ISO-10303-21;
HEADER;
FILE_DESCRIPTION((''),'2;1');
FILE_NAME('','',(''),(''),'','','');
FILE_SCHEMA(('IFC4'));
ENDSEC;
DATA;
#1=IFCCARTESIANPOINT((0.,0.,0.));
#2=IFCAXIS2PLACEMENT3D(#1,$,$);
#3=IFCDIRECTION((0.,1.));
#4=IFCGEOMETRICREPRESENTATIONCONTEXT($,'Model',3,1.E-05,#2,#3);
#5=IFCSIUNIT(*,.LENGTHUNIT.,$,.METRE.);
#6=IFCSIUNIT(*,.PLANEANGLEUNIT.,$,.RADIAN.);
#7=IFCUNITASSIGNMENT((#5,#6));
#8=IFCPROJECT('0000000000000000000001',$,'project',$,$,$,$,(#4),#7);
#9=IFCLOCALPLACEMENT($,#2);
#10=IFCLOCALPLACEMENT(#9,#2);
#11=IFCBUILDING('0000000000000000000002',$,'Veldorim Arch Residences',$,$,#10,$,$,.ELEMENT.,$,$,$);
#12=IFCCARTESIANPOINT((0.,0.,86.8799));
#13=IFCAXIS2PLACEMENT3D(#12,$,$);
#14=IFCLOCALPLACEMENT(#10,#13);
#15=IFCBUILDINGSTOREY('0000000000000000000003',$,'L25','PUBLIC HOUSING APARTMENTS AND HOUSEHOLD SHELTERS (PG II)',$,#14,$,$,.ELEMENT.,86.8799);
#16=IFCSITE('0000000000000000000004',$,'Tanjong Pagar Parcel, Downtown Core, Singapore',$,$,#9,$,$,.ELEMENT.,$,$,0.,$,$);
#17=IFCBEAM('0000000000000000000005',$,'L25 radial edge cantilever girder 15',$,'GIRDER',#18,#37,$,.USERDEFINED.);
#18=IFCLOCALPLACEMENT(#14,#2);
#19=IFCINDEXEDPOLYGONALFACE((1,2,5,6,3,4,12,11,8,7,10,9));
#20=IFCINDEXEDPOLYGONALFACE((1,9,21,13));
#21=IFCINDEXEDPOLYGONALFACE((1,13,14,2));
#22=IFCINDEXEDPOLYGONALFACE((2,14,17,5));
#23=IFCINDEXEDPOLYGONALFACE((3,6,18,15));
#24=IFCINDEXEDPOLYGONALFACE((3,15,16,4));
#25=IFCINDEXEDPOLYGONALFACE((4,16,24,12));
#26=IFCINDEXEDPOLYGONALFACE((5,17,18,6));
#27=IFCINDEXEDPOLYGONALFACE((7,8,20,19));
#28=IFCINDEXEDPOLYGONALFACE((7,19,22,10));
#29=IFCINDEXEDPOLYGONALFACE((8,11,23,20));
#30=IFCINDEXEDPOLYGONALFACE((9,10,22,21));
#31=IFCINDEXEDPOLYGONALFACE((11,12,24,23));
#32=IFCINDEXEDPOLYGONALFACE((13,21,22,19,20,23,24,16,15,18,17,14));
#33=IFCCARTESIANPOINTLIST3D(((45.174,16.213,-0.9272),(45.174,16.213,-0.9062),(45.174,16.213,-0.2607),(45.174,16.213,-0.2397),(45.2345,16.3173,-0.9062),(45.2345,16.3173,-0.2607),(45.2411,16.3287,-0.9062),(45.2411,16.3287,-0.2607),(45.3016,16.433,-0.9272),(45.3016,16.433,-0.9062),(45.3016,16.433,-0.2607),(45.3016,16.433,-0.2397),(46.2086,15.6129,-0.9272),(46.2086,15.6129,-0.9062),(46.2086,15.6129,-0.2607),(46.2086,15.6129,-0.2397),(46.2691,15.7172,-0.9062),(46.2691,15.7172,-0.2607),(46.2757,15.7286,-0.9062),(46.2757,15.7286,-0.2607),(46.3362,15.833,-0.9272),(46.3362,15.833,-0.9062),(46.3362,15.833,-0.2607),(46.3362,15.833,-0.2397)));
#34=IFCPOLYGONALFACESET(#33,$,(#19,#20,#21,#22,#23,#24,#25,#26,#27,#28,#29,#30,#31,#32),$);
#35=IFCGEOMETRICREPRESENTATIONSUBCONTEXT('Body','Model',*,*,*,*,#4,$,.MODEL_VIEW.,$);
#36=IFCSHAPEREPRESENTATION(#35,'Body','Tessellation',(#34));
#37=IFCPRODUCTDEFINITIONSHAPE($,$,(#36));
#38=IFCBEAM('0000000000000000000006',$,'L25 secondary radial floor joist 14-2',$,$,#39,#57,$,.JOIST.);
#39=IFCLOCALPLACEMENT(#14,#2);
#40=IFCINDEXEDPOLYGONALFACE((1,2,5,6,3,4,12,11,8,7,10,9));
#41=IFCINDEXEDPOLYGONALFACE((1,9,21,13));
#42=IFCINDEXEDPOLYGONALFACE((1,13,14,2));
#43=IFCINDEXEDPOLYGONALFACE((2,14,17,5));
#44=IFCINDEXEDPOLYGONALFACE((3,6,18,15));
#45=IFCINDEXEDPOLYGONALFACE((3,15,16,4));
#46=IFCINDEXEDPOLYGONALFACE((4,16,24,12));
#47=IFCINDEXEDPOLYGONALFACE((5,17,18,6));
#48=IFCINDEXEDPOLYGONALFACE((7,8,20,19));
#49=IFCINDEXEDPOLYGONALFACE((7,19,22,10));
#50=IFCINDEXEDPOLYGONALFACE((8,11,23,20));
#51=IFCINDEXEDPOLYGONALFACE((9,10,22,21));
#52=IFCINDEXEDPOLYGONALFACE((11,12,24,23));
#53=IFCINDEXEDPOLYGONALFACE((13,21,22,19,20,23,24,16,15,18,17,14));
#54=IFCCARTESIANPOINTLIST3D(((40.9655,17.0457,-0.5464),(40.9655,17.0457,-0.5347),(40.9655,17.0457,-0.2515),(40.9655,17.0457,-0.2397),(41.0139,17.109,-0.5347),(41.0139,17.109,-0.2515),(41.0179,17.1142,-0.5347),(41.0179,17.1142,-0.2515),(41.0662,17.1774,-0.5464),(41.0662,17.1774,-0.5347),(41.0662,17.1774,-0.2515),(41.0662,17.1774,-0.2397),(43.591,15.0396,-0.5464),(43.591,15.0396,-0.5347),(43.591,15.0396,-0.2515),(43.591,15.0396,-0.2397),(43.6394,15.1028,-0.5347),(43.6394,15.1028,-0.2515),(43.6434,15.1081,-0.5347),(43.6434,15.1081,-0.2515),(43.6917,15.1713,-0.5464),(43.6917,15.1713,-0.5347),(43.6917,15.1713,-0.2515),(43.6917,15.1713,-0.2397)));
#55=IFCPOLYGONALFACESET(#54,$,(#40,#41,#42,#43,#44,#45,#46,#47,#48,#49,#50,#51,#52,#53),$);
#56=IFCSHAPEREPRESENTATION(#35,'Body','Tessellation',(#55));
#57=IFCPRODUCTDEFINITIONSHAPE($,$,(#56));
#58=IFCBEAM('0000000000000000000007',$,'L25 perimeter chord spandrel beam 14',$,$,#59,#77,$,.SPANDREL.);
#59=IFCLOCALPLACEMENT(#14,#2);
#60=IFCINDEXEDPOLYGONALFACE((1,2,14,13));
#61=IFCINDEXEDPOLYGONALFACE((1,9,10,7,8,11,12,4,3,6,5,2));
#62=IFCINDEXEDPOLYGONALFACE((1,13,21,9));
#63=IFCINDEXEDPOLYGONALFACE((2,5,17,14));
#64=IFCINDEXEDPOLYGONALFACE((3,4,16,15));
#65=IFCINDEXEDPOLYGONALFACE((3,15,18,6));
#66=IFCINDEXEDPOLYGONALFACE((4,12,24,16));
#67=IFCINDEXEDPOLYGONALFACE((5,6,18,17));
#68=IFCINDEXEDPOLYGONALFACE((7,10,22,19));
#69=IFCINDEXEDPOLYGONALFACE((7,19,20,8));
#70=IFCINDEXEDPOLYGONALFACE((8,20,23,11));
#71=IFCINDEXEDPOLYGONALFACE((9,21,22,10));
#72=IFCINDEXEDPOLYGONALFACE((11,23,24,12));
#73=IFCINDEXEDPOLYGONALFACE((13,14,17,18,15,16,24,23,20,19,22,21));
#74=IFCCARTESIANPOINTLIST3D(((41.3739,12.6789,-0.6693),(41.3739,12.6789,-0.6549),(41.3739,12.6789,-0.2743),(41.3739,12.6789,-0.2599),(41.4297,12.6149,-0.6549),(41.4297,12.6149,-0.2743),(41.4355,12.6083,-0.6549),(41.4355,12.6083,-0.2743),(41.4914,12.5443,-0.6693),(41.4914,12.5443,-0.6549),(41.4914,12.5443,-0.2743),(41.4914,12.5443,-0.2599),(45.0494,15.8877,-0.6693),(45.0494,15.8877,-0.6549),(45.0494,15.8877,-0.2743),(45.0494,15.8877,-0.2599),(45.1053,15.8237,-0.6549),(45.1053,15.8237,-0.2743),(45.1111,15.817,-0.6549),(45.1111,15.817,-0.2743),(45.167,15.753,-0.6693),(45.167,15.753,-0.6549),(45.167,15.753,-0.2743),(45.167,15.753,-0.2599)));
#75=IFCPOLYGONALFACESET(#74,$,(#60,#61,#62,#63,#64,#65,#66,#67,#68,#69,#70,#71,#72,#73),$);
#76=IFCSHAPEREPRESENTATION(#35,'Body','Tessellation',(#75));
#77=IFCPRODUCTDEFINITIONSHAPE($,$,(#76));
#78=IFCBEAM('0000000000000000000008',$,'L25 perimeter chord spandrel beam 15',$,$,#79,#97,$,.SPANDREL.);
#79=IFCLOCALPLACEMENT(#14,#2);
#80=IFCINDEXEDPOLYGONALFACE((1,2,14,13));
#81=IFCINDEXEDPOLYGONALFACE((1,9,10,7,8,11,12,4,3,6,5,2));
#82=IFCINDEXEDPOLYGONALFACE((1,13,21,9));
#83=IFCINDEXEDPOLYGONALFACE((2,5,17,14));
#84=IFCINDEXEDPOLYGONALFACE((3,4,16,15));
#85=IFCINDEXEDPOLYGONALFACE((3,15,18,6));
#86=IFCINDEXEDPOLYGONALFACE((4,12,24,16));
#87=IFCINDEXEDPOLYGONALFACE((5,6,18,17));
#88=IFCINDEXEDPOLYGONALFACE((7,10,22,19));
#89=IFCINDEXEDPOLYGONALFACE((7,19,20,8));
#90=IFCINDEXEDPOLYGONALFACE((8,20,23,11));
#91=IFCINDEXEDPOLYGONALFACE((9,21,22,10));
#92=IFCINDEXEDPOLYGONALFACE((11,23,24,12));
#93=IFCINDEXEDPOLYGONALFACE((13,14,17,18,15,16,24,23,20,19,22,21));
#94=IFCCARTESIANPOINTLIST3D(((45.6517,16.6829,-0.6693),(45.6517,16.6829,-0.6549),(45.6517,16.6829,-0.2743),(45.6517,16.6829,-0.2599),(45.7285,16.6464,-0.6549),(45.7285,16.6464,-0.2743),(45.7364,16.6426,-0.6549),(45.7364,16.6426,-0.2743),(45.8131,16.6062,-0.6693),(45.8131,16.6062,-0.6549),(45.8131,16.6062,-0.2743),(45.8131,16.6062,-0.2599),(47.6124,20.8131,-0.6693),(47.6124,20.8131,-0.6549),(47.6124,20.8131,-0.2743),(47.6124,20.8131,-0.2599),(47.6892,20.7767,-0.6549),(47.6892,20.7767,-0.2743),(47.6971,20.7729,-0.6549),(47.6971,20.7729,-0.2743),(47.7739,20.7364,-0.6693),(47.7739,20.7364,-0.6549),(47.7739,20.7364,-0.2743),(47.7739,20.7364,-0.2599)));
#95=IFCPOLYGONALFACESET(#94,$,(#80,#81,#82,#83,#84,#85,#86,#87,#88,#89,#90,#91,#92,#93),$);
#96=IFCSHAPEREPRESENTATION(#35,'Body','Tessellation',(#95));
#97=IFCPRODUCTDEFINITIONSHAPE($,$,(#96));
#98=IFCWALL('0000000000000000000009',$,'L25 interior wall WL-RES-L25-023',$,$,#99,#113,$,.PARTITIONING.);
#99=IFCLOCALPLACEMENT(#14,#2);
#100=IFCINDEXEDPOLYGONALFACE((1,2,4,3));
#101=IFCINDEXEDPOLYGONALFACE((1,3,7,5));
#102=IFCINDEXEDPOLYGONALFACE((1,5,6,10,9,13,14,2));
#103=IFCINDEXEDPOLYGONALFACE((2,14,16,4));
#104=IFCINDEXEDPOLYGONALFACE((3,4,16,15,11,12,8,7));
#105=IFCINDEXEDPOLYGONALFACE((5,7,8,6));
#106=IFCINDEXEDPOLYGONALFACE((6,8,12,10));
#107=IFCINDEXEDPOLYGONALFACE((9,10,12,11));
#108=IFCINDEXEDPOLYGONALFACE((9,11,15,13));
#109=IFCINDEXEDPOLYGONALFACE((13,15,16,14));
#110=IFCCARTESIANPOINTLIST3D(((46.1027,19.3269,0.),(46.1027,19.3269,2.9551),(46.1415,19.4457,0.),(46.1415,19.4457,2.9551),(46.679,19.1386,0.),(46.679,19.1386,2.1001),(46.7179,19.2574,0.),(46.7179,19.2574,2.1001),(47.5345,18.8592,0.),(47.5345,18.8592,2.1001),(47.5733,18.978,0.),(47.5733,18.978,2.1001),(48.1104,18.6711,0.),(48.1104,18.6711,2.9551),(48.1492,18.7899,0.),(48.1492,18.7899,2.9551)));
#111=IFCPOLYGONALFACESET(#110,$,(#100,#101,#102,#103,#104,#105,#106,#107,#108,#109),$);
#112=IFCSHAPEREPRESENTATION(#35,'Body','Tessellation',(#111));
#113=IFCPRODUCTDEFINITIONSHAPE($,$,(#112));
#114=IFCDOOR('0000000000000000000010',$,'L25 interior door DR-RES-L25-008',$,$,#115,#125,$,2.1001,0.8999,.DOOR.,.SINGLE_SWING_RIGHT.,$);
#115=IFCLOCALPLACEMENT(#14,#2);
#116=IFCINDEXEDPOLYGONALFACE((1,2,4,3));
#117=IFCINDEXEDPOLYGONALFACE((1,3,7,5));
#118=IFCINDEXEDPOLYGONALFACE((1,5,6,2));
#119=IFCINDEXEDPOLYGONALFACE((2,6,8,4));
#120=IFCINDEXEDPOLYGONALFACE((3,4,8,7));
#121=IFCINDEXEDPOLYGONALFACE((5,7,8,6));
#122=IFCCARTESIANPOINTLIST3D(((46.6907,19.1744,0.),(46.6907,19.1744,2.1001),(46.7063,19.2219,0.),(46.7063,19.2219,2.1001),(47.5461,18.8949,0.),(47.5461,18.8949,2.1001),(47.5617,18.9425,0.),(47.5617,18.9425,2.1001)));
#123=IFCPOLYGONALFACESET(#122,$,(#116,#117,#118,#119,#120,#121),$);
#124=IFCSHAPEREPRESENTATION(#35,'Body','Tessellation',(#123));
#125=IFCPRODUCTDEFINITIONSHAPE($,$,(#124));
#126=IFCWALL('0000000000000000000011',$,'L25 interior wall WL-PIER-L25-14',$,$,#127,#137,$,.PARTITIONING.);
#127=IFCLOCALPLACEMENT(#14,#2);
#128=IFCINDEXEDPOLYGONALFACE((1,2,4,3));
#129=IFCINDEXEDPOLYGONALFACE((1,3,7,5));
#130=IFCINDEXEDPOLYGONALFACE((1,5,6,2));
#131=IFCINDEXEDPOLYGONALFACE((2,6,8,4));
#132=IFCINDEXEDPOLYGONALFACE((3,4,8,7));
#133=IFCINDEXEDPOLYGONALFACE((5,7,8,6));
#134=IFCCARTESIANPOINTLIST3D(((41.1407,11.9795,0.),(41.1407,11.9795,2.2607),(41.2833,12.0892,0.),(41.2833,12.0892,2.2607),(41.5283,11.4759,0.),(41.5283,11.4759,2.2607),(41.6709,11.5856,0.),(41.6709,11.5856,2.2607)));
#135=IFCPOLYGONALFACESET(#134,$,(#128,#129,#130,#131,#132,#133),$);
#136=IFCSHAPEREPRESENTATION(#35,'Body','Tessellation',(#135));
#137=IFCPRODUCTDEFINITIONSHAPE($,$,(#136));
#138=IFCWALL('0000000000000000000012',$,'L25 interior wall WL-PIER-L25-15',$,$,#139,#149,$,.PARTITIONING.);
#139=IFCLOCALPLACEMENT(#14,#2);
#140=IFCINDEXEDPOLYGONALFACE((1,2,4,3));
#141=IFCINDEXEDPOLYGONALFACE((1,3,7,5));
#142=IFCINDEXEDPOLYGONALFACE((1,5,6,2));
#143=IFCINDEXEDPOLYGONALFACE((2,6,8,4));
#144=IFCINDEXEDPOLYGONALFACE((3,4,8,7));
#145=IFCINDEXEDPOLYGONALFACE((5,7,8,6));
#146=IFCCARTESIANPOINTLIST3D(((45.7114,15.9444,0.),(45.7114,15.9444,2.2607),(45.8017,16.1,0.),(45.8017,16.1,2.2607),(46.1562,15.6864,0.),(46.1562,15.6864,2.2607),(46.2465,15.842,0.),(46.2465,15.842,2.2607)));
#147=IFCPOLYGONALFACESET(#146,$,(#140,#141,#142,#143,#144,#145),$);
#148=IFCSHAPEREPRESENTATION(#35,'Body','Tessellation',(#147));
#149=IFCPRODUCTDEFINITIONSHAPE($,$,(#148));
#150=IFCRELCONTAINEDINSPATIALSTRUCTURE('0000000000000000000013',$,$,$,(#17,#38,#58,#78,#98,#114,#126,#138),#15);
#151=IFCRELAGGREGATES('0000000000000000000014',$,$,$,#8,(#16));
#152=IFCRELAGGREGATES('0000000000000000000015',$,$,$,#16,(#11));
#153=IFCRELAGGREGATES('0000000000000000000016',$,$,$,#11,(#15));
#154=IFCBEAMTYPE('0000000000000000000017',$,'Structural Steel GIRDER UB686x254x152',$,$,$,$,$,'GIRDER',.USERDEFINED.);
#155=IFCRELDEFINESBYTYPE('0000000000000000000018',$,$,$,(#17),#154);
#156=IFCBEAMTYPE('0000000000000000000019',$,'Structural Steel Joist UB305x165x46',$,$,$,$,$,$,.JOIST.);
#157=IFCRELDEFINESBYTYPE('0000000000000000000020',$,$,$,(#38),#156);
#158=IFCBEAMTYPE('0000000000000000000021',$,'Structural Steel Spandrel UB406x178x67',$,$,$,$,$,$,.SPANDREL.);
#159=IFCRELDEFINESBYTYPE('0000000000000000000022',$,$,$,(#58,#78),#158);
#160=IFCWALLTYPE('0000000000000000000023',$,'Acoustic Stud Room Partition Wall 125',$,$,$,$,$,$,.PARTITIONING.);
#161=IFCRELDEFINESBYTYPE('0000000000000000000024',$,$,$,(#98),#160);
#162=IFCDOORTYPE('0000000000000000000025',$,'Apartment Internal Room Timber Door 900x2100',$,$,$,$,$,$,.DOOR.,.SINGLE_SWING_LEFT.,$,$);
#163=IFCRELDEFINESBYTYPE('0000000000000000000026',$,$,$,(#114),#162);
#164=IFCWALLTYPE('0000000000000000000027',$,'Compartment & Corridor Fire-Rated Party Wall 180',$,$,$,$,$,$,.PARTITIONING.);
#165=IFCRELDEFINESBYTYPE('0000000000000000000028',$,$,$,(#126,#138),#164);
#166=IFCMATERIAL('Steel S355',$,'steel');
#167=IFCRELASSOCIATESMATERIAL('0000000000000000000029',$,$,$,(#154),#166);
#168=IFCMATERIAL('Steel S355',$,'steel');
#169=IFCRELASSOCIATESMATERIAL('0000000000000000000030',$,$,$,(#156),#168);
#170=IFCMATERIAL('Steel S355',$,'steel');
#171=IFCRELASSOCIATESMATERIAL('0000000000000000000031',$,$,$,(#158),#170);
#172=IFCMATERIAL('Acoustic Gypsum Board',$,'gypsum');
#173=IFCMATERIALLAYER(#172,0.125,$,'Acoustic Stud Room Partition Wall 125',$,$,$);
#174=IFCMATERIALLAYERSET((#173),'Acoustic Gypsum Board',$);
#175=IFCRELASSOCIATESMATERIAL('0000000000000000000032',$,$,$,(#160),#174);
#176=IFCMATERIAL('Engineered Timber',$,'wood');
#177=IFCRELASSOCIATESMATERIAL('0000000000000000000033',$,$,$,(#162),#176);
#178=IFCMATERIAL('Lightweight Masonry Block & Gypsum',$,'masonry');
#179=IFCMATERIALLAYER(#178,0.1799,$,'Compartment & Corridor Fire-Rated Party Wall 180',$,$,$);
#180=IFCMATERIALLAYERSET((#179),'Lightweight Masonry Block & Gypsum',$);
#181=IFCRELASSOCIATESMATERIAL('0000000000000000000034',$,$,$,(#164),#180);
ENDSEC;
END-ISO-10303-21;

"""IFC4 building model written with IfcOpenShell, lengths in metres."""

from ifc_helpers import new_model, si_unit, direction, frame, frame_2d, origin, origin_2d, place, context, subcontext, project, spatial, rectangle, i_section, extrude, material, layer, layer_set, material_profile, profile_set, type_object, element, fill, save


model = new_model("IFC4")

# Units and contexts
model_context = context("Model", 3, precision=1e-05, world=origin(), true_north=direction((0.0, 1.0)))
body_context = subcontext(model_context, "Body", "Model", "MODEL_VIEW")
ifc_project = project(units=[si_unit("LENGTHUNIT", "METRE"), si_unit("PLANEANGLEUNIT", "RADIAN")], contexts=[model_context])

# Site, building, storey
site_placement = place(None, origin())
site = spatial("IfcSite", under=ifc_project, at=site_placement, Name="Tanjong Pagar Parcel, Downtown Core, Singapore", CompositionType="ELEMENT", RefElevation=0.0)
building_placement = place(site_placement, origin())
building = spatial("IfcBuilding", under=site, at=building_placement, Name="Veldorim Arch Residences", CompositionType="ELEMENT")
storey_placement = place(building_placement, frame((0.0, 0.0, 86.8799)))
storey = spatial("IfcBuildingStorey", under=building, at=storey_placement, Name="L25", Description="PUBLIC HOUSING APARTMENTS AND HOUSEHOLD SHELTERS (PG II)", CompositionType="ELEMENT", Elevation=86.8799)

# Beams
ifc_material_1 = material(Name="Steel S355", Category="steel")
ifc_material_profile_1 = material_profile(ifc_material_1, i_section(OverallWidth=0.2544, OverallDepth=0.6875, WebThickness=0.0132, FlangeThickness=0.021, at=origin_2d()), Name="UB686x254x152")
ifc_profile_set_1 = profile_set([ifc_material_profile_1], Name="Steel S355")
beam_type_1 = type_object("IfcBeamType", Name="Structural Steel GIRDER UB686x254x152", ElementType="GIRDER", PredefinedType="USERDEFINED", material=ifc_profile_set_1)
beam_1_placement = place(storey_placement, frame((45.2378, 16.323, -0.5835), z_axis=(0.865035, -0.501712, 0.0), x_axis=(0.501712, 0.865035, 0.0)))
element("IfcBeam", 1, at=beam_1_placement, inside=storey, type_object=beam_type_1, Name="L25 radial edge cantilever girder 15", ObjectType="GIRDER", PredefinedType="USERDEFINED", context=body_context, shape_type="SweptSolid", body=[
    extrude(i_section(OverallWidth=0.2544, OverallDepth=0.6875, WebThickness=0.0132, FlangeThickness=0.021, at=origin_2d()), origin(), (0.0, 0.0, 1.0), 1.196),
])
ifc_material_2 = material(Name="Steel S355", Category="steel")
ifc_material_profile_2 = material_profile(ifc_material_2, i_section(OverallWidth=0.1658, OverallDepth=0.3066, WebThickness=0.0066, FlangeThickness=0.0117, at=origin_2d()), Name="UB305x165x46")
ifc_profile_set_2 = profile_set([ifc_material_profile_2], Name="Steel S355")
beam_type_2 = type_object("IfcBeamType", Name="Structural Steel Joist UB305x165x46", PredefinedType="JOIST", material=ifc_profile_set_2)
beam_2_placement = place(storey_placement, frame((41.0159, 17.1116, -0.3931), z_axis=(0.794595, -0.60714, 0.0), x_axis=(0.60714, 0.794595, 0.0)))
element("IfcBeam", 2, at=beam_2_placement, inside=storey, type_object=beam_type_2, Name="L25 secondary radial floor joist 14-2", PredefinedType="JOIST", context=body_context, shape_type="SweptSolid", body=[
    extrude(i_section(OverallWidth=0.1658, OverallDepth=0.3066, WebThickness=0.0066, FlangeThickness=0.0117, at=origin_2d()), origin(), (0.0, 0.0, 1.0), 3.3042),
])
ifc_material_3 = material(Name="Steel S355", Category="steel")
ifc_material_profile_3 = material_profile(ifc_material_3, i_section(OverallWidth=0.1787, OverallDepth=0.4094, WebThickness=0.0088, FlangeThickness=0.0144, at=origin_2d()), Name="UB406x178x67")
ifc_profile_set_3 = profile_set([ifc_material_profile_3], Name="Steel S355")
beam_type_3 = type_object("IfcBeamType", Name="Structural Steel Spandrel UB406x178x67", PredefinedType="SPANDREL", material=ifc_profile_set_3)
beam_3_placement = place(storey_placement, frame((41.4326, 12.6116, -0.4646), z_axis=(0.753323, 0.65765, 0.0), x_axis=(-0.65765, 0.753323, 0.0)))
element("IfcBeam", 3, at=beam_3_placement, inside=storey, type_object=beam_type_3, Name="L25 perimeter chord spandrel beam 14", PredefinedType="SPANDREL", context=body_context, shape_type="SweptSolid", body=[
    extrude(i_section(OverallWidth=0.1787, OverallDepth=0.4094, WebThickness=0.0088, FlangeThickness=0.0144, at=origin_2d()), origin(), (0.0, 0.0, 1.0), 4.8792),
])
beam_4_placement = place(storey_placement, frame((45.7324, 16.6445, -0.4646), z_axis=(0.428857, 0.903372, 0.0), x_axis=(-0.903372, 0.428857, 0.0)))
element("IfcBeam", 4, at=beam_4_placement, inside=storey, type_object=beam_type_3, Name="L25 perimeter chord spandrel beam 15", PredefinedType="SPANDREL", context=body_context, shape_type="SweptSolid", body=[
    extrude(i_section(OverallWidth=0.1787, OverallDepth=0.4094, WebThickness=0.0088, FlangeThickness=0.0144, at=origin_2d()), origin(), (0.0, 0.0, 1.0), 4.572),
])

# Wall, opening, door
ifc_material_4 = material(Name="Acoustic Gypsum Board", Category="gypsum")
ifc_layer_1 = layer(ifc_material_4, 0.125, Name="Acoustic Stud Room Partition Wall 125")
ifc_layer_set_1 = layer_set([ifc_layer_1], Name="Acoustic Gypsum Board")
wall_type_1 = type_object("IfcWallType", Name="Acoustic Stud Room Partition Wall 125", PredefinedType="PARTITIONING", material=ifc_layer_set_1)
wall_1_placement = place(storey_placement, frame((48.1299, 18.7305, 0.0), z_axis=(0.0, 0.0, 1.0), x_axis=(-0.950573, 0.3105, 0.0)))
wall_1 = element("IfcWall", 5, at=wall_1_placement, inside=storey, type_object=wall_type_1, Name="L25 interior wall WL-RES-L25-023", PredefinedType="PARTITIONING", context=body_context, shape_type="SweptSolid", body=[
    extrude(rectangle(XDim=2.1121, YDim=0.125, at=frame_2d((1.0562, 0.0))), origin(), (0.0, 0.0, 1.0), 2.9551),
])
opening_1_placement = place(wall_1_placement, frame((0.606, 0.0, 0.0)))
opening_1 = element("IfcOpeningElement", 6, at=opening_1_placement, cuts=wall_1, PredefinedType="OPENING", context=body_context, shape_type="SweptSolid", body=[
    extrude(rectangle(XDim=0.8999, YDim=2.1001, at=frame_2d((0.45, 1.05))), frame((0.0, 0.0725, 0.0), z_axis=(0.0, -1.0, 0.0), x_axis=(1.0, 0.0, 0.0)), (0.0, 0.0, 1.0), 0.145),
])
ifc_material_5 = material(Name="Engineered Timber", Category="wood")
door_type_1 = type_object("IfcDoorType", Name="Apartment Internal Room Timber Door 900x2100", OperationType="SINGLE_SWING_LEFT", PredefinedType="DOOR", material=ifc_material_5)
door_1_placement = place(opening_1_placement, origin())
door_1 = element("IfcDoor", 7, at=door_1_placement, inside=storey, type_object=door_type_1, Name="L25 interior door DR-RES-L25-008", OperationType="SINGLE_SWING_RIGHT", OverallHeight=2.1001, OverallWidth=0.8999, PredefinedType="DOOR", context=body_context, shape_type="SweptSolid", body=[
    extrude(rectangle(XDim=0.8999, YDim=2.1001, at=frame_2d((0.45, 1.05))), frame((0.0, 0.0249, 0.0), z_axis=(0.0, -1.0, 0.0), x_axis=(1.0, 0.0, 0.0)), (0.0, 0.0, 1.0), 0.05),
])
fill(opening_1, door_1)

# Walls
ifc_material_6 = material(Name="Lightweight Masonry Block & Gypsum", Category="masonry")
ifc_layer_2 = layer(ifc_material_6, 0.1799, Name="Compartment & Corridor Fire-Rated Party Wall 180")
ifc_layer_set_2 = layer_set([ifc_layer_2], Name="Lightweight Masonry Block & Gypsum")
wall_type_2 = type_object("IfcWallType", Name="Compartment & Corridor Fire-Rated Party Wall 180", PredefinedType="PARTITIONING", material=ifc_layer_set_2)
wall_2_placement = place(storey_placement, frame((41.2119, 12.0344, 0.0), z_axis=(0.0, 0.0, 1.0), x_axis=(0.609971, -0.792424, 0.0)))
element("IfcWall", 8, at=wall_2_placement, inside=storey, type_object=wall_type_2, Name="L25 interior wall WL-PIER-L25-14", PredefinedType="PARTITIONING", context=body_context, shape_type="SweptSolid", body=[
    extrude(rectangle(XDim=0.6355, YDim=0.1799, at=frame_2d((0.3179, 0.0))), origin(), (0.0, 0.0, 1.0), 2.2607),
])
wall_3_placement = place(storey_placement, frame((45.7566, 16.0222, 0.0), z_axis=(0.0, 0.0, 1.0), x_axis=(0.864982, -0.501803, 0.0)))
element("IfcWall", 9, at=wall_3_placement, inside=storey, type_object=wall_type_2, Name="L25 interior wall WL-PIER-L25-15", PredefinedType="PARTITIONING", context=body_context, shape_type="SweptSolid", body=[
    extrude(rectangle(XDim=0.5142, YDim=0.1799, at=frame_2d((0.2571, 0.0))), origin(), (0.0, 0.0, 1.0), 2.2607),
])

save(model, "model.ifc")
